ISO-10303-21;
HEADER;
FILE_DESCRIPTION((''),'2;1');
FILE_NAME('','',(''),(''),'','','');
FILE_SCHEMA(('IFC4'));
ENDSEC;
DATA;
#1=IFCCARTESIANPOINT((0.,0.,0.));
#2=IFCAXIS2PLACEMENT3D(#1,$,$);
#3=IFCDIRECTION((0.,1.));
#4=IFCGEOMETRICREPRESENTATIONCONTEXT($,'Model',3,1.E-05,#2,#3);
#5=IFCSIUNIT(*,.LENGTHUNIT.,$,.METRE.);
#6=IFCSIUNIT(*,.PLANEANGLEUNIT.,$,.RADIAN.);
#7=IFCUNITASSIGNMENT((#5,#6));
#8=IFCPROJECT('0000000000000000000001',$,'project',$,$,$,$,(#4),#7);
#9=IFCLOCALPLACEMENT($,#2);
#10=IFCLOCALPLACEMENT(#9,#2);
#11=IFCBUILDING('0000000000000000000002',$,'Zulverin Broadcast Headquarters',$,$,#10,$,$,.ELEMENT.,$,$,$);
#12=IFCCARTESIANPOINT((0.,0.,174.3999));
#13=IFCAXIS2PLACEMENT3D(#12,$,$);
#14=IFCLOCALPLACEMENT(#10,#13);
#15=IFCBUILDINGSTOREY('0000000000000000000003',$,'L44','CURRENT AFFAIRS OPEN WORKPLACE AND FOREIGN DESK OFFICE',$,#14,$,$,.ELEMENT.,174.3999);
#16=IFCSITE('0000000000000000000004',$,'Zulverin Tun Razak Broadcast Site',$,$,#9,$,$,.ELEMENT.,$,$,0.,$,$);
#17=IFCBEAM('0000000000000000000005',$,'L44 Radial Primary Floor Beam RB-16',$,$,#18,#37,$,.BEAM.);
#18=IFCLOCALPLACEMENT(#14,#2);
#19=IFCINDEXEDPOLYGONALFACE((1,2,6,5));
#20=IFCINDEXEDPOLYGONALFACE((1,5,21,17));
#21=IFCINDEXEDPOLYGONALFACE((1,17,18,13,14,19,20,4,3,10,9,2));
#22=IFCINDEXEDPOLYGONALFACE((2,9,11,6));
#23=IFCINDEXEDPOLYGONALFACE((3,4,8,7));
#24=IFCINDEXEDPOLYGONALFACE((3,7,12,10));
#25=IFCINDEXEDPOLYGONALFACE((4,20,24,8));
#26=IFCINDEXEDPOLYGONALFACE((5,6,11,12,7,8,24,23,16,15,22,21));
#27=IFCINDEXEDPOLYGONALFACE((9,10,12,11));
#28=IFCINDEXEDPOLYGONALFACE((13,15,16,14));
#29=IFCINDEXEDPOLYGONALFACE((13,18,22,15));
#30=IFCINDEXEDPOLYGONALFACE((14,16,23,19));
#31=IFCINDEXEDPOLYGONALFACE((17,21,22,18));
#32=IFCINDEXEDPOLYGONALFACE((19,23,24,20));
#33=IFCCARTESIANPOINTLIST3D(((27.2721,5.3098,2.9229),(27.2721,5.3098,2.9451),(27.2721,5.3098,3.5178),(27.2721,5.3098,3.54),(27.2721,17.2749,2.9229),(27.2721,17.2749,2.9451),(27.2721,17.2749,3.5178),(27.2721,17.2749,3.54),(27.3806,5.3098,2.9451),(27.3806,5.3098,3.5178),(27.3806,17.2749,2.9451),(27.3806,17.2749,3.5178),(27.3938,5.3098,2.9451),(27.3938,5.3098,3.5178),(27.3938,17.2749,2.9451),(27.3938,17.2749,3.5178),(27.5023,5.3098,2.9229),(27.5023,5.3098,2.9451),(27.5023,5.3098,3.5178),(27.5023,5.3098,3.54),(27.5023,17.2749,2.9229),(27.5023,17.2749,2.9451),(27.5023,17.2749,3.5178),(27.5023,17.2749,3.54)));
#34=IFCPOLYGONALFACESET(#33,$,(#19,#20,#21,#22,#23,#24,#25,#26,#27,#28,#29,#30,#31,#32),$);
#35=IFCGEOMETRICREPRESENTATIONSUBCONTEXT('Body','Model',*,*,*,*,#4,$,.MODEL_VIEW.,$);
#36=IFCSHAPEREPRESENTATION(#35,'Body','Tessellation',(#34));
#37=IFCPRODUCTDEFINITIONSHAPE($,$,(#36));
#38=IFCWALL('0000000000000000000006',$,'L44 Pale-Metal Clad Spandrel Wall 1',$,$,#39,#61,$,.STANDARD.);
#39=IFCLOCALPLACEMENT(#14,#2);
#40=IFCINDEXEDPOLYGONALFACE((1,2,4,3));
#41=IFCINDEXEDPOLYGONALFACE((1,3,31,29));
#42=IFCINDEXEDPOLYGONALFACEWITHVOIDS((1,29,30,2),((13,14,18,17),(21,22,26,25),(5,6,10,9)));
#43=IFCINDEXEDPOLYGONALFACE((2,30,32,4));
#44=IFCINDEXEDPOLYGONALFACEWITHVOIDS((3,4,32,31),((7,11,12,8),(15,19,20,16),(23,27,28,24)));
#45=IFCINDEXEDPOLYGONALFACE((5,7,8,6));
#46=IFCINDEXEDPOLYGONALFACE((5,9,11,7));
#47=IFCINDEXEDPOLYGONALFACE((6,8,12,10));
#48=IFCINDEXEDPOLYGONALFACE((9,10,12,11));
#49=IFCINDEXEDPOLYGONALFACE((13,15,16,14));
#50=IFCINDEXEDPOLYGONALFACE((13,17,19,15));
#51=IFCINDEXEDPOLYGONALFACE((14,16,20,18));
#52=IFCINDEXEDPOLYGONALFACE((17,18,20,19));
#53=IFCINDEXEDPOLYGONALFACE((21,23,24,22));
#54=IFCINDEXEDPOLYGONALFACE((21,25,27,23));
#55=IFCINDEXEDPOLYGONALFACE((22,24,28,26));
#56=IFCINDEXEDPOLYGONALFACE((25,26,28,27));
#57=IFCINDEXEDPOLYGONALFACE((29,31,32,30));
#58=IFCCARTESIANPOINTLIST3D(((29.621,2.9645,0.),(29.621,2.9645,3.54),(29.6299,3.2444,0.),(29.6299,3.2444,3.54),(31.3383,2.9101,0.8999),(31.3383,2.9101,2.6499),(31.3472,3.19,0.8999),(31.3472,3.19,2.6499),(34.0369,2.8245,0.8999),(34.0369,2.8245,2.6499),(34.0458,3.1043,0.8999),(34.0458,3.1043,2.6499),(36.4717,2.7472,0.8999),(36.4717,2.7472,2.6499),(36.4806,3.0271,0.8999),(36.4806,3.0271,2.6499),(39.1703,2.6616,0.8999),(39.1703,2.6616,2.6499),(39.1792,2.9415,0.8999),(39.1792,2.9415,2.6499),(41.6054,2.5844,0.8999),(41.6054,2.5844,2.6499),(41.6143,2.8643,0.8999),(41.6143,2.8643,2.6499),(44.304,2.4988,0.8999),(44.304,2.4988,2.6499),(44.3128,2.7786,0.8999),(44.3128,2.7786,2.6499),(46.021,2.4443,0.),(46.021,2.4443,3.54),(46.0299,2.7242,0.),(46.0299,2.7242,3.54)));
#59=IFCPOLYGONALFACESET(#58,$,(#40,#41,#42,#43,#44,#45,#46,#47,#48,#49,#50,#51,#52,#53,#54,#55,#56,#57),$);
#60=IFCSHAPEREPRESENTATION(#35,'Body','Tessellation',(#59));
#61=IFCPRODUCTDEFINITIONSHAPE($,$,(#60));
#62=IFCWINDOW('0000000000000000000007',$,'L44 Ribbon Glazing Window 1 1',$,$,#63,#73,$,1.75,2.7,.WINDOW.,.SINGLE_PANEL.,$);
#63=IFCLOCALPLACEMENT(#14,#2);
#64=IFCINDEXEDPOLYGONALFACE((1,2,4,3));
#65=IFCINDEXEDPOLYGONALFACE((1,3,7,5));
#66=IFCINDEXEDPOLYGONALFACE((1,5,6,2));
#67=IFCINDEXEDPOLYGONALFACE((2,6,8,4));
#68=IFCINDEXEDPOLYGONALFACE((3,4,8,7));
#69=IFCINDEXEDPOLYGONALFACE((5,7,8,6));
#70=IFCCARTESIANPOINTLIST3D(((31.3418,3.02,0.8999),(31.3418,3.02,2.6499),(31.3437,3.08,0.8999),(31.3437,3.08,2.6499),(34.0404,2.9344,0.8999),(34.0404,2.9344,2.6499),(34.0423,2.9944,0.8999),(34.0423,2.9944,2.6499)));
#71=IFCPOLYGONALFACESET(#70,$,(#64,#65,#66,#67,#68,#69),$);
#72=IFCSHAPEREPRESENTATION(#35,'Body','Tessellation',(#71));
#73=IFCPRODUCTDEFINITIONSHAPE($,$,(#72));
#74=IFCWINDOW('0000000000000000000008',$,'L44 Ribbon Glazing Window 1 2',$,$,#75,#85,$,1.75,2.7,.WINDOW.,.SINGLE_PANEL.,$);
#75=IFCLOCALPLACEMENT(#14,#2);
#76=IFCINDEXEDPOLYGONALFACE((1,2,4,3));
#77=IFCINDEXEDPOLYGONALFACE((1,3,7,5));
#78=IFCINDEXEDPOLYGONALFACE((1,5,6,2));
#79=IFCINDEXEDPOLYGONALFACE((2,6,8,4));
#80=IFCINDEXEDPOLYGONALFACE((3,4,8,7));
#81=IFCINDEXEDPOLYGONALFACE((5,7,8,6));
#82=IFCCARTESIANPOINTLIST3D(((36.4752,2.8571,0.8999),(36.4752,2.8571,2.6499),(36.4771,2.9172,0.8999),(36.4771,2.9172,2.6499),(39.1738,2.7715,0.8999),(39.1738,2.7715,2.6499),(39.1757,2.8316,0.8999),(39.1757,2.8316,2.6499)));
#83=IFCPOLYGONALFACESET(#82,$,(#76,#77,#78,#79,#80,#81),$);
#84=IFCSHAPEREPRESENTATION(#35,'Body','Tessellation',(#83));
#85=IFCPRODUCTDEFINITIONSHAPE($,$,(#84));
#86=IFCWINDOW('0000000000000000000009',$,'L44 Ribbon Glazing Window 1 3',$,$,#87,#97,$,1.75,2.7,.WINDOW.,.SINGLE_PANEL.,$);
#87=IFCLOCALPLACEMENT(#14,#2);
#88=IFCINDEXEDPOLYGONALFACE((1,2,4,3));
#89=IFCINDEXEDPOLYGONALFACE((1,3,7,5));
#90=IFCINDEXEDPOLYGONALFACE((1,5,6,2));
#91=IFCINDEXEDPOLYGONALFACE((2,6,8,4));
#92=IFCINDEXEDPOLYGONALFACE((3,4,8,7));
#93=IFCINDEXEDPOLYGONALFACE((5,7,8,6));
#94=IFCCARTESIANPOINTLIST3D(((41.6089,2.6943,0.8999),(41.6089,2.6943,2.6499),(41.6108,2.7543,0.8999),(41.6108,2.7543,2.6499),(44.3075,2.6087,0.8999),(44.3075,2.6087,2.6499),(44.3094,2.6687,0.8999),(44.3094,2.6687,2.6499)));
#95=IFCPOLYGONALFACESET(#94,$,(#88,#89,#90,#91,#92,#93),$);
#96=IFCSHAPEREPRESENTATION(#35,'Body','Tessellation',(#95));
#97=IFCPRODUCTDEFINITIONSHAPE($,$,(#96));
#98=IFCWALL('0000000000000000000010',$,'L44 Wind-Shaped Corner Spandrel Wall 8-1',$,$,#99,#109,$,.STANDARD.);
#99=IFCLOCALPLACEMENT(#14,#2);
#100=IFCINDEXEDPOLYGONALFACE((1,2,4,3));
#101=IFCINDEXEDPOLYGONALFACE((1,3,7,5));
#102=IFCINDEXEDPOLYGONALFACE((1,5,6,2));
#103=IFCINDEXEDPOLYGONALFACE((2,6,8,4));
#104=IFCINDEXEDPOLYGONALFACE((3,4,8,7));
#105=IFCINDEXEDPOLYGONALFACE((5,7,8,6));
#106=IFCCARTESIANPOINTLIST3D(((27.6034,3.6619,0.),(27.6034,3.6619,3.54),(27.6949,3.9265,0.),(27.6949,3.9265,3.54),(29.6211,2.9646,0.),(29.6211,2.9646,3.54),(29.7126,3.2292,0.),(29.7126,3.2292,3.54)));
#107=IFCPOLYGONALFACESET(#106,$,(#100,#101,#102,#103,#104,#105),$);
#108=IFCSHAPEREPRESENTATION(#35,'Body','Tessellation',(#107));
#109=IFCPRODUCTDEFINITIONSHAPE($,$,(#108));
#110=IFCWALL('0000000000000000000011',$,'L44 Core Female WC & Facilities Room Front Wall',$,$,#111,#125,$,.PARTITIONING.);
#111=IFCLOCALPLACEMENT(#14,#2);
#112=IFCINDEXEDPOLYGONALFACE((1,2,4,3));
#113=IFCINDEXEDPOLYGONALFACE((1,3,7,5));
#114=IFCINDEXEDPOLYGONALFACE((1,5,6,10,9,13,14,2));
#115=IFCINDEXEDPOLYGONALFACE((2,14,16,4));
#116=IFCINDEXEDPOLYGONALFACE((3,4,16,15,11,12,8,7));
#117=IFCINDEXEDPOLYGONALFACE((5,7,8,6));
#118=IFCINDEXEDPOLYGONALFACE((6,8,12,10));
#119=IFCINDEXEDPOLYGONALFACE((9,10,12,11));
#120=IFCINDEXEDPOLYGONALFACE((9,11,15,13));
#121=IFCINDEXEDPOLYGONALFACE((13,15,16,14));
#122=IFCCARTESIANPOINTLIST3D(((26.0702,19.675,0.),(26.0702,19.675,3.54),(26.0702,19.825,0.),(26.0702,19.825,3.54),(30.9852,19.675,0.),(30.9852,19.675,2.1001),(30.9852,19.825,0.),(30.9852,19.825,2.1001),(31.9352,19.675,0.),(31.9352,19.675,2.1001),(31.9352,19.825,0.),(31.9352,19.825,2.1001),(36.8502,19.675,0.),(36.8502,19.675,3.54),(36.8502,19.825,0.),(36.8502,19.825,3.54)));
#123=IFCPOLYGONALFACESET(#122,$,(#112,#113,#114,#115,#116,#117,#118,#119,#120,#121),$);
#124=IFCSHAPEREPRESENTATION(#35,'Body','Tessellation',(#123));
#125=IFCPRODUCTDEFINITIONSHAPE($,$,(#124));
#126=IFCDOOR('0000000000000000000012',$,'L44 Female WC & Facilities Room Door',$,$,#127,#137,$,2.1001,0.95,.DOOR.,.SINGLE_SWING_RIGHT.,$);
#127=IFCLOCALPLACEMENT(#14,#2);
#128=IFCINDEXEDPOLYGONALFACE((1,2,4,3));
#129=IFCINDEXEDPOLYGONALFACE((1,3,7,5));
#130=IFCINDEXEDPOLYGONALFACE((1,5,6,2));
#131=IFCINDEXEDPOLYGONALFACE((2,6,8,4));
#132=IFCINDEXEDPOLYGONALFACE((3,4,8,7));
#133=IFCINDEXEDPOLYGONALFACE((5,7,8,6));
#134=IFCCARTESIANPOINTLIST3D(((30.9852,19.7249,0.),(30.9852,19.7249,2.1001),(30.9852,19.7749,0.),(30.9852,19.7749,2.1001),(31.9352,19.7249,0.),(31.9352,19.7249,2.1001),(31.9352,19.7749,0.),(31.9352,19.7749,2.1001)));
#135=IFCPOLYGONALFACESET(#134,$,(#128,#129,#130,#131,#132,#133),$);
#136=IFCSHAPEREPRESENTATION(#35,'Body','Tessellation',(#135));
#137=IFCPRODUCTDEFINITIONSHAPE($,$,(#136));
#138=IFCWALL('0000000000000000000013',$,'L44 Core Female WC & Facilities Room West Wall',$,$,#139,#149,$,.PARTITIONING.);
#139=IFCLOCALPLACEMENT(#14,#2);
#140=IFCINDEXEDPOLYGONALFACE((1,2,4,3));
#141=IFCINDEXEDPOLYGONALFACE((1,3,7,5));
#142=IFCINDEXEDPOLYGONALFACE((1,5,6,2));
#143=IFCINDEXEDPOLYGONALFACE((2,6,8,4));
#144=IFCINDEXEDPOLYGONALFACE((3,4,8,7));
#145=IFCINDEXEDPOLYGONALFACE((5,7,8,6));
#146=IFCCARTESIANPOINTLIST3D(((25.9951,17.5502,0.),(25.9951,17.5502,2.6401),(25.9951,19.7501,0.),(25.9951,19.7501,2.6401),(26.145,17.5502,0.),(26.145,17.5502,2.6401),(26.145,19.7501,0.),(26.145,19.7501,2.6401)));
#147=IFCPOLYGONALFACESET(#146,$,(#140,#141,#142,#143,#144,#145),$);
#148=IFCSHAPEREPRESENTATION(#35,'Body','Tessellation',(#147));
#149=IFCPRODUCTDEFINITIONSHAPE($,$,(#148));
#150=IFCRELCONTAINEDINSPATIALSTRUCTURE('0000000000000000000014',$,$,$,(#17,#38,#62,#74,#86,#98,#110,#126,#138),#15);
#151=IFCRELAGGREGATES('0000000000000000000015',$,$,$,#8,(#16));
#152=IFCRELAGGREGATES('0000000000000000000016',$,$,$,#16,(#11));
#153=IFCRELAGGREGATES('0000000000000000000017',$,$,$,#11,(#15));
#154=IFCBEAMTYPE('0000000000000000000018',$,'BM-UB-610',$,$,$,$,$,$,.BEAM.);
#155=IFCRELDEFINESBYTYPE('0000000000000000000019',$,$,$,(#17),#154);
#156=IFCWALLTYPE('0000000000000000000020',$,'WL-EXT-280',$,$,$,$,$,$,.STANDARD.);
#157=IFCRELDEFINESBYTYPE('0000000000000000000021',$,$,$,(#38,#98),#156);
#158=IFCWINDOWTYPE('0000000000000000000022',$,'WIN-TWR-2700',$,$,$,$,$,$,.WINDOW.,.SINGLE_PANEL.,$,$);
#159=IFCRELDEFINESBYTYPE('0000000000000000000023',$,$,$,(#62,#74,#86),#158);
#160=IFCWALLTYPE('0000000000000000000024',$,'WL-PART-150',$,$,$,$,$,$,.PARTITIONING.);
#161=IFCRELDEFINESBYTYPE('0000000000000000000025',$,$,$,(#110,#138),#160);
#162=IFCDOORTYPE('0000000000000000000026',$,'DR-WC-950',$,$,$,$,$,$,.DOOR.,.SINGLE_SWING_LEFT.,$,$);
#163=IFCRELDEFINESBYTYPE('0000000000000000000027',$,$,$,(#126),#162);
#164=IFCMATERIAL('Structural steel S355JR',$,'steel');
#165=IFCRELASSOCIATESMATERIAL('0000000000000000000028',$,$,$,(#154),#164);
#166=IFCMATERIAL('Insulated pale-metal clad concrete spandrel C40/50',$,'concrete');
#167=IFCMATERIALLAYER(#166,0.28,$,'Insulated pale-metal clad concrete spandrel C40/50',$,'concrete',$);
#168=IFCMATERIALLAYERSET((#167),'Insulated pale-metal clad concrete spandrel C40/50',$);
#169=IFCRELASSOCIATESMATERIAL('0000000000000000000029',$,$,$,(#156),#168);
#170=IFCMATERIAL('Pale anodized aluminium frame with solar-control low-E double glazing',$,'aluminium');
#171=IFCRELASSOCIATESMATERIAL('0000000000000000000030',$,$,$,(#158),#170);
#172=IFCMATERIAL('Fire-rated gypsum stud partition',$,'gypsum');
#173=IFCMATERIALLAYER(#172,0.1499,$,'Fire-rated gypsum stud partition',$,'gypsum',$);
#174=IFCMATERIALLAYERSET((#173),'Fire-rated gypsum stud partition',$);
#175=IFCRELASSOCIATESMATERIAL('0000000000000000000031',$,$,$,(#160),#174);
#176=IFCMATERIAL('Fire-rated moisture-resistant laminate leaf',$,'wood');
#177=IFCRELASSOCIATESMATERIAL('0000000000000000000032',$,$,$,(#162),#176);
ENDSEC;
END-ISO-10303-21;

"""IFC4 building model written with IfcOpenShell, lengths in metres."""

from ifc_helpers import new_model, si_unit, direction, frame, frame_2d, origin, origin_2d, place, context, subcontext, project, spatial, rectangle, i_section, extrude, material, layer, layer_set, material_profile, profile_set, type_object, element, fill, save


model = new_model("IFC4")

# Units and contexts
model_context = context("Model", 3, precision=1e-05, world=origin(), true_north=direction((0.0, 1.0)))
body_context = subcontext(model_context, "Body", "Model", "MODEL_VIEW")
ifc_project = project(units=[si_unit("LENGTHUNIT", "METRE"), si_unit("PLANEANGLEUNIT", "RADIAN")], contexts=[model_context])

# Site, building, storey
site_placement = place(None, origin())
site = spatial("IfcSite", under=ifc_project, at=site_placement, Name="Zulverin Tun Razak Broadcast Site", CompositionType="ELEMENT", RefElevation=0.0)
building_placement = place(site_placement, origin())
building = spatial("IfcBuilding", under=site, at=building_placement, Name="Zulverin Broadcast Headquarters", CompositionType="ELEMENT")
storey_placement = place(building_placement, frame((0.0, 0.0, 174.3999)))
storey = spatial("IfcBuildingStorey", under=building, at=storey_placement, Name="L44", Description="CURRENT AFFAIRS OPEN WORKPLACE AND FOREIGN DESK OFFICE", CompositionType="ELEMENT", Elevation=174.3999)

# Beam
ifc_material_1 = material(Name="Structural steel S355JR", Category="steel")
ifc_material_profile_1 = material_profile(ifc_material_1, i_section(OverallWidth=0.2302, OverallDepth=0.6172, WebThickness=0.0132, FlangeThickness=0.0222, at=origin_2d()), Name="Structural steel S355JR", Category="steel")
ifc_profile_set_1 = profile_set([ifc_material_profile_1], Name="Structural steel S355JR")
beam_type_1 = type_object("IfcBeamType", Name="BM-UB-610", PredefinedType="BEAM", material=ifc_profile_set_1)
beam_1_placement = place(storey_placement, frame((27.3872, 17.2749, 3.2314), z_axis=(0.0, -1.0, 0.0), x_axis=(1.0, 0.0, 0.0)))
element("IfcBeam", 1, at=beam_1_placement, inside=storey, type_object=beam_type_1, Name="L44 Radial Primary Floor Beam RB-16", PredefinedType="BEAM", context=body_context, shape_type="SweptSolid", body=[
    extrude(i_section(OverallWidth=0.2302, OverallDepth=0.6172, WebThickness=0.0132, FlangeThickness=0.0222, at=origin_2d()), origin(), (0.0, 0.0, 1.0), 11.9651),
])

# Wall, openings, windows
ifc_material_2 = material(Name="Insulated pale-metal clad concrete spandrel C40/50", Category="concrete")
ifc_layer_1 = layer(ifc_material_2, 0.28, Name="Insulated pale-metal clad concrete spandrel C40/50", Category="concrete")
ifc_layer_set_1 = layer_set([ifc_layer_1], Name="Insulated pale-metal clad concrete spandrel C40/50")
wall_type_1 = type_object("IfcWallType", Name="WL-EXT-280", PredefinedType="STANDARD", material=ifc_layer_set_1)
wall_1_placement = place(storey_placement, frame((29.6255, 3.1045, 0.0), z_axis=(0.0, 0.0, 1.0), x_axis=(0.999497, -0.031708, 0.0)))
wall_1 = element("IfcWall", 2, at=wall_1_placement, inside=storey, type_object=wall_type_1, Name="L44 Pale-Metal Clad Spandrel Wall 1", PredefinedType="STANDARD", context=body_context, shape_type="SweptSolid", body=[
    extrude(rectangle(XDim=16.4082, YDim=0.28, at=frame_2d((8.2041, 0.0))), origin(), (0.0, 0.0, 1.0), 3.54),
])
opening_1_placement = place(wall_1_placement, frame((1.718, 0.0, 0.8999)))
opening_1 = element("IfcOpeningElement", 3, at=opening_1_placement, cuts=wall_1, PredefinedType="OPENING", context=body_context, shape_type="SweptSolid", body=[
    extrude(rectangle(XDim=2.7, YDim=1.75, at=frame_2d((1.3501, 0.875))), frame((0.0, 0.1499, 0.0), z_axis=(0.0, -1.0, 0.0), x_axis=(1.0, 0.0, 0.0)), (0.0, 0.0, 1.0), 0.3),
])
opening_2_placement = place(wall_1_placement, frame((6.854, 0.0, 0.8999)))
opening_2 = element("IfcOpeningElement", 4, at=opening_2_placement, cuts=wall_1, PredefinedType="OPENING", context=body_context, shape_type="SweptSolid", body=[
    extrude(rectangle(XDim=2.7, YDim=1.75, at=frame_2d((1.3501, 0.875))), frame((0.0, 0.1499, 0.0), z_axis=(0.0, -1.0, 0.0), x_axis=(1.0, 0.0, 0.0)), (0.0, 0.0, 1.0), 0.3),
])
opening_3_placement = place(wall_1_placement, frame((11.9902, 0.0, 0.8999)))
opening_3 = element("IfcOpeningElement", 5, at=opening_3_placement, cuts=wall_1, PredefinedType="OPENING", context=body_context, shape_type="SweptSolid", body=[
    extrude(rectangle(XDim=2.7, YDim=1.75, at=frame_2d((1.3501, 0.875))), frame((0.0, 0.1499, 0.0), z_axis=(0.0, -1.0, 0.0), x_axis=(1.0, 0.0, 0.0)), (0.0, 0.0, 1.0), 0.3),
])
ifc_material_3 = material(Name="Pale anodized aluminium frame with solar-control low-E double glazing", Category="aluminium")
window_type = type_object("IfcWindowType", Name="WIN-TWR-2700", PartitioningType="SINGLE_PANEL", PredefinedType="WINDOW", material=ifc_material_3)
window_1_placement = place(opening_1_placement, origin())
window_1 = element("IfcWindow", 6, at=window_1_placement, inside=storey, type_object=window_type, Name="L44 Ribbon Glazing Window 1 1", OverallHeight=1.75, OverallWidth=2.7, PartitioningType="SINGLE_PANEL", PredefinedType="WINDOW", context=body_context, shape_type="SweptSolid", body=[
    extrude(rectangle(XDim=2.7, YDim=1.75, at=frame_2d((1.3501, 0.875))), frame((0.0, 0.03, 0.0), z_axis=(0.0, -1.0, 0.0), x_axis=(1.0, 0.0, 0.0)), (0.0, 0.0, 1.0), 0.0601),
])
fill(opening_1, window_1)
window_2_placement = place(opening_2_placement, origin())
window_2 = element("IfcWindow", 7, at=window_2_placement, inside=storey, type_object=window_type, Name="L44 Ribbon Glazing Window 1 2", OverallHeight=1.75, OverallWidth=2.7, PartitioningType="SINGLE_PANEL", PredefinedType="WINDOW", context=body_context, shape_type="SweptSolid", body=[
    extrude(rectangle(XDim=2.7, YDim=1.75, at=frame_2d((1.3501, 0.875))), frame((0.0, 0.03, 0.0), z_axis=(0.0, -1.0, 0.0), x_axis=(1.0, 0.0, 0.0)), (0.0, 0.0, 1.0), 0.0601),
])
fill(opening_2, window_2)
window_3_placement = place(opening_3_placement, origin())
window_3 = element("IfcWindow", 8, at=window_3_placement, inside=storey, type_object=window_type, Name="L44 Ribbon Glazing Window 1 3", OverallHeight=1.75, OverallWidth=2.7, PartitioningType="SINGLE_PANEL", PredefinedType="WINDOW", context=body_context, shape_type="SweptSolid", body=[
    extrude(rectangle(XDim=2.7, YDim=1.75, at=frame_2d((1.3501, 0.875))), frame((0.0, 0.03, 0.0), z_axis=(0.0, -1.0, 0.0), x_axis=(1.0, 0.0, 0.0)), (0.0, 0.0, 1.0), 0.0601),
])
fill(opening_3, window_3)

# Wall
wall_2_placement = place(storey_placement, frame((27.6492, 3.7942, 0.0), z_axis=(0.0, 0.0, 1.0), x_axis=(0.945149, -0.326639, 0.0)))
element("IfcWall", 9, at=wall_2_placement, inside=storey, type_object=wall_type_1, Name="L44 Wind-Shaped Corner Spandrel Wall 8-1", PredefinedType="STANDARD", context=body_context, shape_type="SweptSolid", body=[
    extrude(rectangle(XDim=2.1348, YDim=0.28, at=frame_2d((1.0674, 0.0))), origin(), (0.0, 0.0, 1.0), 3.54),
])

# Wall, opening, door
ifc_material_4 = material(Name="Fire-rated gypsum stud partition", Category="gypsum")
ifc_layer_2 = layer(ifc_material_4, 0.1499, Name="Fire-rated gypsum stud partition", Category="gypsum")
ifc_layer_set_2 = layer_set([ifc_layer_2], Name="Fire-rated gypsum stud partition")
wall_type_2 = type_object("IfcWallType", Name="WL-PART-150", PredefinedType="PARTITIONING", material=ifc_layer_set_2)
wall_3_placement = place(storey_placement, frame((26.0701, 19.75, 0.0), z_axis=(0.0, 0.0, 1.0), x_axis=(1.0, 0.0, 0.0)))
wall_3 = element("IfcWall", 10, at=wall_3_placement, inside=storey, type_object=wall_type_2, Name="L44 Core Female WC & Facilities Room Front Wall", PredefinedType="PARTITIONING", context=body_context, shape_type="SweptSolid", body=[
    extrude(rectangle(XDim=10.78, YDim=0.1499, at=frame_2d((5.3901, 0.0))), origin(), (0.0, 0.0, 1.0), 3.54),
])
opening_4_placement = place(wall_3_placement, frame((4.915, 0.0, 0.0)))
opening_4 = element("IfcOpeningElement", 11, at=opening_4_placement, cuts=wall_3, PredefinedType="OPENING", context=body_context, shape_type="SweptSolid", body=[
    extrude(rectangle(XDim=0.95, YDim=2.1001, at=frame_2d((0.4751, 1.05))), frame((0.0, 0.085, 0.0), z_axis=(0.0, -1.0, 0.0), x_axis=(1.0, 0.0, 0.0)), (0.0, 0.0, 1.0), 0.1699),
])
ifc_material_5 = material(Name="Fire-rated moisture-resistant laminate leaf", Category="wood")
door_type = type_object("IfcDoorType", Name="DR-WC-950", OperationType="SINGLE_SWING_LEFT", PredefinedType="DOOR", material=ifc_material_5)
door_placement = place(opening_4_placement, origin())
door = element("IfcDoor", 12, at=door_placement, inside=storey, type_object=door_type, Name="L44 Female WC & Facilities Room Door", OperationType="SINGLE_SWING_RIGHT", OverallHeight=2.1001, OverallWidth=0.95, PredefinedType="DOOR", context=body_context, shape_type="SweptSolid", body=[
    extrude(rectangle(XDim=0.95, YDim=2.1001, at=frame_2d((0.4751, 1.05))), frame((0.0, 0.0249, 0.0), z_axis=(0.0, -1.0, 0.0), x_axis=(1.0, 0.0, 0.0)), (0.0, 0.0, 1.0), 0.05),
])
fill(opening_4, door)

# Wall
wall_4_placement = place(storey_placement, frame((26.0701, 17.55, 0.0), z_axis=(0.0, 0.0, 1.0), x_axis=(0.0, 1.0, 0.0)))
element("IfcWall", 13, at=wall_4_placement, inside=storey, type_object=wall_type_2, Name="L44 Core Female WC & Facilities Room West Wall", PredefinedType="PARTITIONING", context=body_context, shape_type="SweptSolid", body=[
    extrude(rectangle(XDim=2.2, YDim=0.1499, at=frame_2d((1.1001, 0.0))), origin(), (0.0, 0.0, 1.0), 2.6401),
])

save(model, "model.ifc")
